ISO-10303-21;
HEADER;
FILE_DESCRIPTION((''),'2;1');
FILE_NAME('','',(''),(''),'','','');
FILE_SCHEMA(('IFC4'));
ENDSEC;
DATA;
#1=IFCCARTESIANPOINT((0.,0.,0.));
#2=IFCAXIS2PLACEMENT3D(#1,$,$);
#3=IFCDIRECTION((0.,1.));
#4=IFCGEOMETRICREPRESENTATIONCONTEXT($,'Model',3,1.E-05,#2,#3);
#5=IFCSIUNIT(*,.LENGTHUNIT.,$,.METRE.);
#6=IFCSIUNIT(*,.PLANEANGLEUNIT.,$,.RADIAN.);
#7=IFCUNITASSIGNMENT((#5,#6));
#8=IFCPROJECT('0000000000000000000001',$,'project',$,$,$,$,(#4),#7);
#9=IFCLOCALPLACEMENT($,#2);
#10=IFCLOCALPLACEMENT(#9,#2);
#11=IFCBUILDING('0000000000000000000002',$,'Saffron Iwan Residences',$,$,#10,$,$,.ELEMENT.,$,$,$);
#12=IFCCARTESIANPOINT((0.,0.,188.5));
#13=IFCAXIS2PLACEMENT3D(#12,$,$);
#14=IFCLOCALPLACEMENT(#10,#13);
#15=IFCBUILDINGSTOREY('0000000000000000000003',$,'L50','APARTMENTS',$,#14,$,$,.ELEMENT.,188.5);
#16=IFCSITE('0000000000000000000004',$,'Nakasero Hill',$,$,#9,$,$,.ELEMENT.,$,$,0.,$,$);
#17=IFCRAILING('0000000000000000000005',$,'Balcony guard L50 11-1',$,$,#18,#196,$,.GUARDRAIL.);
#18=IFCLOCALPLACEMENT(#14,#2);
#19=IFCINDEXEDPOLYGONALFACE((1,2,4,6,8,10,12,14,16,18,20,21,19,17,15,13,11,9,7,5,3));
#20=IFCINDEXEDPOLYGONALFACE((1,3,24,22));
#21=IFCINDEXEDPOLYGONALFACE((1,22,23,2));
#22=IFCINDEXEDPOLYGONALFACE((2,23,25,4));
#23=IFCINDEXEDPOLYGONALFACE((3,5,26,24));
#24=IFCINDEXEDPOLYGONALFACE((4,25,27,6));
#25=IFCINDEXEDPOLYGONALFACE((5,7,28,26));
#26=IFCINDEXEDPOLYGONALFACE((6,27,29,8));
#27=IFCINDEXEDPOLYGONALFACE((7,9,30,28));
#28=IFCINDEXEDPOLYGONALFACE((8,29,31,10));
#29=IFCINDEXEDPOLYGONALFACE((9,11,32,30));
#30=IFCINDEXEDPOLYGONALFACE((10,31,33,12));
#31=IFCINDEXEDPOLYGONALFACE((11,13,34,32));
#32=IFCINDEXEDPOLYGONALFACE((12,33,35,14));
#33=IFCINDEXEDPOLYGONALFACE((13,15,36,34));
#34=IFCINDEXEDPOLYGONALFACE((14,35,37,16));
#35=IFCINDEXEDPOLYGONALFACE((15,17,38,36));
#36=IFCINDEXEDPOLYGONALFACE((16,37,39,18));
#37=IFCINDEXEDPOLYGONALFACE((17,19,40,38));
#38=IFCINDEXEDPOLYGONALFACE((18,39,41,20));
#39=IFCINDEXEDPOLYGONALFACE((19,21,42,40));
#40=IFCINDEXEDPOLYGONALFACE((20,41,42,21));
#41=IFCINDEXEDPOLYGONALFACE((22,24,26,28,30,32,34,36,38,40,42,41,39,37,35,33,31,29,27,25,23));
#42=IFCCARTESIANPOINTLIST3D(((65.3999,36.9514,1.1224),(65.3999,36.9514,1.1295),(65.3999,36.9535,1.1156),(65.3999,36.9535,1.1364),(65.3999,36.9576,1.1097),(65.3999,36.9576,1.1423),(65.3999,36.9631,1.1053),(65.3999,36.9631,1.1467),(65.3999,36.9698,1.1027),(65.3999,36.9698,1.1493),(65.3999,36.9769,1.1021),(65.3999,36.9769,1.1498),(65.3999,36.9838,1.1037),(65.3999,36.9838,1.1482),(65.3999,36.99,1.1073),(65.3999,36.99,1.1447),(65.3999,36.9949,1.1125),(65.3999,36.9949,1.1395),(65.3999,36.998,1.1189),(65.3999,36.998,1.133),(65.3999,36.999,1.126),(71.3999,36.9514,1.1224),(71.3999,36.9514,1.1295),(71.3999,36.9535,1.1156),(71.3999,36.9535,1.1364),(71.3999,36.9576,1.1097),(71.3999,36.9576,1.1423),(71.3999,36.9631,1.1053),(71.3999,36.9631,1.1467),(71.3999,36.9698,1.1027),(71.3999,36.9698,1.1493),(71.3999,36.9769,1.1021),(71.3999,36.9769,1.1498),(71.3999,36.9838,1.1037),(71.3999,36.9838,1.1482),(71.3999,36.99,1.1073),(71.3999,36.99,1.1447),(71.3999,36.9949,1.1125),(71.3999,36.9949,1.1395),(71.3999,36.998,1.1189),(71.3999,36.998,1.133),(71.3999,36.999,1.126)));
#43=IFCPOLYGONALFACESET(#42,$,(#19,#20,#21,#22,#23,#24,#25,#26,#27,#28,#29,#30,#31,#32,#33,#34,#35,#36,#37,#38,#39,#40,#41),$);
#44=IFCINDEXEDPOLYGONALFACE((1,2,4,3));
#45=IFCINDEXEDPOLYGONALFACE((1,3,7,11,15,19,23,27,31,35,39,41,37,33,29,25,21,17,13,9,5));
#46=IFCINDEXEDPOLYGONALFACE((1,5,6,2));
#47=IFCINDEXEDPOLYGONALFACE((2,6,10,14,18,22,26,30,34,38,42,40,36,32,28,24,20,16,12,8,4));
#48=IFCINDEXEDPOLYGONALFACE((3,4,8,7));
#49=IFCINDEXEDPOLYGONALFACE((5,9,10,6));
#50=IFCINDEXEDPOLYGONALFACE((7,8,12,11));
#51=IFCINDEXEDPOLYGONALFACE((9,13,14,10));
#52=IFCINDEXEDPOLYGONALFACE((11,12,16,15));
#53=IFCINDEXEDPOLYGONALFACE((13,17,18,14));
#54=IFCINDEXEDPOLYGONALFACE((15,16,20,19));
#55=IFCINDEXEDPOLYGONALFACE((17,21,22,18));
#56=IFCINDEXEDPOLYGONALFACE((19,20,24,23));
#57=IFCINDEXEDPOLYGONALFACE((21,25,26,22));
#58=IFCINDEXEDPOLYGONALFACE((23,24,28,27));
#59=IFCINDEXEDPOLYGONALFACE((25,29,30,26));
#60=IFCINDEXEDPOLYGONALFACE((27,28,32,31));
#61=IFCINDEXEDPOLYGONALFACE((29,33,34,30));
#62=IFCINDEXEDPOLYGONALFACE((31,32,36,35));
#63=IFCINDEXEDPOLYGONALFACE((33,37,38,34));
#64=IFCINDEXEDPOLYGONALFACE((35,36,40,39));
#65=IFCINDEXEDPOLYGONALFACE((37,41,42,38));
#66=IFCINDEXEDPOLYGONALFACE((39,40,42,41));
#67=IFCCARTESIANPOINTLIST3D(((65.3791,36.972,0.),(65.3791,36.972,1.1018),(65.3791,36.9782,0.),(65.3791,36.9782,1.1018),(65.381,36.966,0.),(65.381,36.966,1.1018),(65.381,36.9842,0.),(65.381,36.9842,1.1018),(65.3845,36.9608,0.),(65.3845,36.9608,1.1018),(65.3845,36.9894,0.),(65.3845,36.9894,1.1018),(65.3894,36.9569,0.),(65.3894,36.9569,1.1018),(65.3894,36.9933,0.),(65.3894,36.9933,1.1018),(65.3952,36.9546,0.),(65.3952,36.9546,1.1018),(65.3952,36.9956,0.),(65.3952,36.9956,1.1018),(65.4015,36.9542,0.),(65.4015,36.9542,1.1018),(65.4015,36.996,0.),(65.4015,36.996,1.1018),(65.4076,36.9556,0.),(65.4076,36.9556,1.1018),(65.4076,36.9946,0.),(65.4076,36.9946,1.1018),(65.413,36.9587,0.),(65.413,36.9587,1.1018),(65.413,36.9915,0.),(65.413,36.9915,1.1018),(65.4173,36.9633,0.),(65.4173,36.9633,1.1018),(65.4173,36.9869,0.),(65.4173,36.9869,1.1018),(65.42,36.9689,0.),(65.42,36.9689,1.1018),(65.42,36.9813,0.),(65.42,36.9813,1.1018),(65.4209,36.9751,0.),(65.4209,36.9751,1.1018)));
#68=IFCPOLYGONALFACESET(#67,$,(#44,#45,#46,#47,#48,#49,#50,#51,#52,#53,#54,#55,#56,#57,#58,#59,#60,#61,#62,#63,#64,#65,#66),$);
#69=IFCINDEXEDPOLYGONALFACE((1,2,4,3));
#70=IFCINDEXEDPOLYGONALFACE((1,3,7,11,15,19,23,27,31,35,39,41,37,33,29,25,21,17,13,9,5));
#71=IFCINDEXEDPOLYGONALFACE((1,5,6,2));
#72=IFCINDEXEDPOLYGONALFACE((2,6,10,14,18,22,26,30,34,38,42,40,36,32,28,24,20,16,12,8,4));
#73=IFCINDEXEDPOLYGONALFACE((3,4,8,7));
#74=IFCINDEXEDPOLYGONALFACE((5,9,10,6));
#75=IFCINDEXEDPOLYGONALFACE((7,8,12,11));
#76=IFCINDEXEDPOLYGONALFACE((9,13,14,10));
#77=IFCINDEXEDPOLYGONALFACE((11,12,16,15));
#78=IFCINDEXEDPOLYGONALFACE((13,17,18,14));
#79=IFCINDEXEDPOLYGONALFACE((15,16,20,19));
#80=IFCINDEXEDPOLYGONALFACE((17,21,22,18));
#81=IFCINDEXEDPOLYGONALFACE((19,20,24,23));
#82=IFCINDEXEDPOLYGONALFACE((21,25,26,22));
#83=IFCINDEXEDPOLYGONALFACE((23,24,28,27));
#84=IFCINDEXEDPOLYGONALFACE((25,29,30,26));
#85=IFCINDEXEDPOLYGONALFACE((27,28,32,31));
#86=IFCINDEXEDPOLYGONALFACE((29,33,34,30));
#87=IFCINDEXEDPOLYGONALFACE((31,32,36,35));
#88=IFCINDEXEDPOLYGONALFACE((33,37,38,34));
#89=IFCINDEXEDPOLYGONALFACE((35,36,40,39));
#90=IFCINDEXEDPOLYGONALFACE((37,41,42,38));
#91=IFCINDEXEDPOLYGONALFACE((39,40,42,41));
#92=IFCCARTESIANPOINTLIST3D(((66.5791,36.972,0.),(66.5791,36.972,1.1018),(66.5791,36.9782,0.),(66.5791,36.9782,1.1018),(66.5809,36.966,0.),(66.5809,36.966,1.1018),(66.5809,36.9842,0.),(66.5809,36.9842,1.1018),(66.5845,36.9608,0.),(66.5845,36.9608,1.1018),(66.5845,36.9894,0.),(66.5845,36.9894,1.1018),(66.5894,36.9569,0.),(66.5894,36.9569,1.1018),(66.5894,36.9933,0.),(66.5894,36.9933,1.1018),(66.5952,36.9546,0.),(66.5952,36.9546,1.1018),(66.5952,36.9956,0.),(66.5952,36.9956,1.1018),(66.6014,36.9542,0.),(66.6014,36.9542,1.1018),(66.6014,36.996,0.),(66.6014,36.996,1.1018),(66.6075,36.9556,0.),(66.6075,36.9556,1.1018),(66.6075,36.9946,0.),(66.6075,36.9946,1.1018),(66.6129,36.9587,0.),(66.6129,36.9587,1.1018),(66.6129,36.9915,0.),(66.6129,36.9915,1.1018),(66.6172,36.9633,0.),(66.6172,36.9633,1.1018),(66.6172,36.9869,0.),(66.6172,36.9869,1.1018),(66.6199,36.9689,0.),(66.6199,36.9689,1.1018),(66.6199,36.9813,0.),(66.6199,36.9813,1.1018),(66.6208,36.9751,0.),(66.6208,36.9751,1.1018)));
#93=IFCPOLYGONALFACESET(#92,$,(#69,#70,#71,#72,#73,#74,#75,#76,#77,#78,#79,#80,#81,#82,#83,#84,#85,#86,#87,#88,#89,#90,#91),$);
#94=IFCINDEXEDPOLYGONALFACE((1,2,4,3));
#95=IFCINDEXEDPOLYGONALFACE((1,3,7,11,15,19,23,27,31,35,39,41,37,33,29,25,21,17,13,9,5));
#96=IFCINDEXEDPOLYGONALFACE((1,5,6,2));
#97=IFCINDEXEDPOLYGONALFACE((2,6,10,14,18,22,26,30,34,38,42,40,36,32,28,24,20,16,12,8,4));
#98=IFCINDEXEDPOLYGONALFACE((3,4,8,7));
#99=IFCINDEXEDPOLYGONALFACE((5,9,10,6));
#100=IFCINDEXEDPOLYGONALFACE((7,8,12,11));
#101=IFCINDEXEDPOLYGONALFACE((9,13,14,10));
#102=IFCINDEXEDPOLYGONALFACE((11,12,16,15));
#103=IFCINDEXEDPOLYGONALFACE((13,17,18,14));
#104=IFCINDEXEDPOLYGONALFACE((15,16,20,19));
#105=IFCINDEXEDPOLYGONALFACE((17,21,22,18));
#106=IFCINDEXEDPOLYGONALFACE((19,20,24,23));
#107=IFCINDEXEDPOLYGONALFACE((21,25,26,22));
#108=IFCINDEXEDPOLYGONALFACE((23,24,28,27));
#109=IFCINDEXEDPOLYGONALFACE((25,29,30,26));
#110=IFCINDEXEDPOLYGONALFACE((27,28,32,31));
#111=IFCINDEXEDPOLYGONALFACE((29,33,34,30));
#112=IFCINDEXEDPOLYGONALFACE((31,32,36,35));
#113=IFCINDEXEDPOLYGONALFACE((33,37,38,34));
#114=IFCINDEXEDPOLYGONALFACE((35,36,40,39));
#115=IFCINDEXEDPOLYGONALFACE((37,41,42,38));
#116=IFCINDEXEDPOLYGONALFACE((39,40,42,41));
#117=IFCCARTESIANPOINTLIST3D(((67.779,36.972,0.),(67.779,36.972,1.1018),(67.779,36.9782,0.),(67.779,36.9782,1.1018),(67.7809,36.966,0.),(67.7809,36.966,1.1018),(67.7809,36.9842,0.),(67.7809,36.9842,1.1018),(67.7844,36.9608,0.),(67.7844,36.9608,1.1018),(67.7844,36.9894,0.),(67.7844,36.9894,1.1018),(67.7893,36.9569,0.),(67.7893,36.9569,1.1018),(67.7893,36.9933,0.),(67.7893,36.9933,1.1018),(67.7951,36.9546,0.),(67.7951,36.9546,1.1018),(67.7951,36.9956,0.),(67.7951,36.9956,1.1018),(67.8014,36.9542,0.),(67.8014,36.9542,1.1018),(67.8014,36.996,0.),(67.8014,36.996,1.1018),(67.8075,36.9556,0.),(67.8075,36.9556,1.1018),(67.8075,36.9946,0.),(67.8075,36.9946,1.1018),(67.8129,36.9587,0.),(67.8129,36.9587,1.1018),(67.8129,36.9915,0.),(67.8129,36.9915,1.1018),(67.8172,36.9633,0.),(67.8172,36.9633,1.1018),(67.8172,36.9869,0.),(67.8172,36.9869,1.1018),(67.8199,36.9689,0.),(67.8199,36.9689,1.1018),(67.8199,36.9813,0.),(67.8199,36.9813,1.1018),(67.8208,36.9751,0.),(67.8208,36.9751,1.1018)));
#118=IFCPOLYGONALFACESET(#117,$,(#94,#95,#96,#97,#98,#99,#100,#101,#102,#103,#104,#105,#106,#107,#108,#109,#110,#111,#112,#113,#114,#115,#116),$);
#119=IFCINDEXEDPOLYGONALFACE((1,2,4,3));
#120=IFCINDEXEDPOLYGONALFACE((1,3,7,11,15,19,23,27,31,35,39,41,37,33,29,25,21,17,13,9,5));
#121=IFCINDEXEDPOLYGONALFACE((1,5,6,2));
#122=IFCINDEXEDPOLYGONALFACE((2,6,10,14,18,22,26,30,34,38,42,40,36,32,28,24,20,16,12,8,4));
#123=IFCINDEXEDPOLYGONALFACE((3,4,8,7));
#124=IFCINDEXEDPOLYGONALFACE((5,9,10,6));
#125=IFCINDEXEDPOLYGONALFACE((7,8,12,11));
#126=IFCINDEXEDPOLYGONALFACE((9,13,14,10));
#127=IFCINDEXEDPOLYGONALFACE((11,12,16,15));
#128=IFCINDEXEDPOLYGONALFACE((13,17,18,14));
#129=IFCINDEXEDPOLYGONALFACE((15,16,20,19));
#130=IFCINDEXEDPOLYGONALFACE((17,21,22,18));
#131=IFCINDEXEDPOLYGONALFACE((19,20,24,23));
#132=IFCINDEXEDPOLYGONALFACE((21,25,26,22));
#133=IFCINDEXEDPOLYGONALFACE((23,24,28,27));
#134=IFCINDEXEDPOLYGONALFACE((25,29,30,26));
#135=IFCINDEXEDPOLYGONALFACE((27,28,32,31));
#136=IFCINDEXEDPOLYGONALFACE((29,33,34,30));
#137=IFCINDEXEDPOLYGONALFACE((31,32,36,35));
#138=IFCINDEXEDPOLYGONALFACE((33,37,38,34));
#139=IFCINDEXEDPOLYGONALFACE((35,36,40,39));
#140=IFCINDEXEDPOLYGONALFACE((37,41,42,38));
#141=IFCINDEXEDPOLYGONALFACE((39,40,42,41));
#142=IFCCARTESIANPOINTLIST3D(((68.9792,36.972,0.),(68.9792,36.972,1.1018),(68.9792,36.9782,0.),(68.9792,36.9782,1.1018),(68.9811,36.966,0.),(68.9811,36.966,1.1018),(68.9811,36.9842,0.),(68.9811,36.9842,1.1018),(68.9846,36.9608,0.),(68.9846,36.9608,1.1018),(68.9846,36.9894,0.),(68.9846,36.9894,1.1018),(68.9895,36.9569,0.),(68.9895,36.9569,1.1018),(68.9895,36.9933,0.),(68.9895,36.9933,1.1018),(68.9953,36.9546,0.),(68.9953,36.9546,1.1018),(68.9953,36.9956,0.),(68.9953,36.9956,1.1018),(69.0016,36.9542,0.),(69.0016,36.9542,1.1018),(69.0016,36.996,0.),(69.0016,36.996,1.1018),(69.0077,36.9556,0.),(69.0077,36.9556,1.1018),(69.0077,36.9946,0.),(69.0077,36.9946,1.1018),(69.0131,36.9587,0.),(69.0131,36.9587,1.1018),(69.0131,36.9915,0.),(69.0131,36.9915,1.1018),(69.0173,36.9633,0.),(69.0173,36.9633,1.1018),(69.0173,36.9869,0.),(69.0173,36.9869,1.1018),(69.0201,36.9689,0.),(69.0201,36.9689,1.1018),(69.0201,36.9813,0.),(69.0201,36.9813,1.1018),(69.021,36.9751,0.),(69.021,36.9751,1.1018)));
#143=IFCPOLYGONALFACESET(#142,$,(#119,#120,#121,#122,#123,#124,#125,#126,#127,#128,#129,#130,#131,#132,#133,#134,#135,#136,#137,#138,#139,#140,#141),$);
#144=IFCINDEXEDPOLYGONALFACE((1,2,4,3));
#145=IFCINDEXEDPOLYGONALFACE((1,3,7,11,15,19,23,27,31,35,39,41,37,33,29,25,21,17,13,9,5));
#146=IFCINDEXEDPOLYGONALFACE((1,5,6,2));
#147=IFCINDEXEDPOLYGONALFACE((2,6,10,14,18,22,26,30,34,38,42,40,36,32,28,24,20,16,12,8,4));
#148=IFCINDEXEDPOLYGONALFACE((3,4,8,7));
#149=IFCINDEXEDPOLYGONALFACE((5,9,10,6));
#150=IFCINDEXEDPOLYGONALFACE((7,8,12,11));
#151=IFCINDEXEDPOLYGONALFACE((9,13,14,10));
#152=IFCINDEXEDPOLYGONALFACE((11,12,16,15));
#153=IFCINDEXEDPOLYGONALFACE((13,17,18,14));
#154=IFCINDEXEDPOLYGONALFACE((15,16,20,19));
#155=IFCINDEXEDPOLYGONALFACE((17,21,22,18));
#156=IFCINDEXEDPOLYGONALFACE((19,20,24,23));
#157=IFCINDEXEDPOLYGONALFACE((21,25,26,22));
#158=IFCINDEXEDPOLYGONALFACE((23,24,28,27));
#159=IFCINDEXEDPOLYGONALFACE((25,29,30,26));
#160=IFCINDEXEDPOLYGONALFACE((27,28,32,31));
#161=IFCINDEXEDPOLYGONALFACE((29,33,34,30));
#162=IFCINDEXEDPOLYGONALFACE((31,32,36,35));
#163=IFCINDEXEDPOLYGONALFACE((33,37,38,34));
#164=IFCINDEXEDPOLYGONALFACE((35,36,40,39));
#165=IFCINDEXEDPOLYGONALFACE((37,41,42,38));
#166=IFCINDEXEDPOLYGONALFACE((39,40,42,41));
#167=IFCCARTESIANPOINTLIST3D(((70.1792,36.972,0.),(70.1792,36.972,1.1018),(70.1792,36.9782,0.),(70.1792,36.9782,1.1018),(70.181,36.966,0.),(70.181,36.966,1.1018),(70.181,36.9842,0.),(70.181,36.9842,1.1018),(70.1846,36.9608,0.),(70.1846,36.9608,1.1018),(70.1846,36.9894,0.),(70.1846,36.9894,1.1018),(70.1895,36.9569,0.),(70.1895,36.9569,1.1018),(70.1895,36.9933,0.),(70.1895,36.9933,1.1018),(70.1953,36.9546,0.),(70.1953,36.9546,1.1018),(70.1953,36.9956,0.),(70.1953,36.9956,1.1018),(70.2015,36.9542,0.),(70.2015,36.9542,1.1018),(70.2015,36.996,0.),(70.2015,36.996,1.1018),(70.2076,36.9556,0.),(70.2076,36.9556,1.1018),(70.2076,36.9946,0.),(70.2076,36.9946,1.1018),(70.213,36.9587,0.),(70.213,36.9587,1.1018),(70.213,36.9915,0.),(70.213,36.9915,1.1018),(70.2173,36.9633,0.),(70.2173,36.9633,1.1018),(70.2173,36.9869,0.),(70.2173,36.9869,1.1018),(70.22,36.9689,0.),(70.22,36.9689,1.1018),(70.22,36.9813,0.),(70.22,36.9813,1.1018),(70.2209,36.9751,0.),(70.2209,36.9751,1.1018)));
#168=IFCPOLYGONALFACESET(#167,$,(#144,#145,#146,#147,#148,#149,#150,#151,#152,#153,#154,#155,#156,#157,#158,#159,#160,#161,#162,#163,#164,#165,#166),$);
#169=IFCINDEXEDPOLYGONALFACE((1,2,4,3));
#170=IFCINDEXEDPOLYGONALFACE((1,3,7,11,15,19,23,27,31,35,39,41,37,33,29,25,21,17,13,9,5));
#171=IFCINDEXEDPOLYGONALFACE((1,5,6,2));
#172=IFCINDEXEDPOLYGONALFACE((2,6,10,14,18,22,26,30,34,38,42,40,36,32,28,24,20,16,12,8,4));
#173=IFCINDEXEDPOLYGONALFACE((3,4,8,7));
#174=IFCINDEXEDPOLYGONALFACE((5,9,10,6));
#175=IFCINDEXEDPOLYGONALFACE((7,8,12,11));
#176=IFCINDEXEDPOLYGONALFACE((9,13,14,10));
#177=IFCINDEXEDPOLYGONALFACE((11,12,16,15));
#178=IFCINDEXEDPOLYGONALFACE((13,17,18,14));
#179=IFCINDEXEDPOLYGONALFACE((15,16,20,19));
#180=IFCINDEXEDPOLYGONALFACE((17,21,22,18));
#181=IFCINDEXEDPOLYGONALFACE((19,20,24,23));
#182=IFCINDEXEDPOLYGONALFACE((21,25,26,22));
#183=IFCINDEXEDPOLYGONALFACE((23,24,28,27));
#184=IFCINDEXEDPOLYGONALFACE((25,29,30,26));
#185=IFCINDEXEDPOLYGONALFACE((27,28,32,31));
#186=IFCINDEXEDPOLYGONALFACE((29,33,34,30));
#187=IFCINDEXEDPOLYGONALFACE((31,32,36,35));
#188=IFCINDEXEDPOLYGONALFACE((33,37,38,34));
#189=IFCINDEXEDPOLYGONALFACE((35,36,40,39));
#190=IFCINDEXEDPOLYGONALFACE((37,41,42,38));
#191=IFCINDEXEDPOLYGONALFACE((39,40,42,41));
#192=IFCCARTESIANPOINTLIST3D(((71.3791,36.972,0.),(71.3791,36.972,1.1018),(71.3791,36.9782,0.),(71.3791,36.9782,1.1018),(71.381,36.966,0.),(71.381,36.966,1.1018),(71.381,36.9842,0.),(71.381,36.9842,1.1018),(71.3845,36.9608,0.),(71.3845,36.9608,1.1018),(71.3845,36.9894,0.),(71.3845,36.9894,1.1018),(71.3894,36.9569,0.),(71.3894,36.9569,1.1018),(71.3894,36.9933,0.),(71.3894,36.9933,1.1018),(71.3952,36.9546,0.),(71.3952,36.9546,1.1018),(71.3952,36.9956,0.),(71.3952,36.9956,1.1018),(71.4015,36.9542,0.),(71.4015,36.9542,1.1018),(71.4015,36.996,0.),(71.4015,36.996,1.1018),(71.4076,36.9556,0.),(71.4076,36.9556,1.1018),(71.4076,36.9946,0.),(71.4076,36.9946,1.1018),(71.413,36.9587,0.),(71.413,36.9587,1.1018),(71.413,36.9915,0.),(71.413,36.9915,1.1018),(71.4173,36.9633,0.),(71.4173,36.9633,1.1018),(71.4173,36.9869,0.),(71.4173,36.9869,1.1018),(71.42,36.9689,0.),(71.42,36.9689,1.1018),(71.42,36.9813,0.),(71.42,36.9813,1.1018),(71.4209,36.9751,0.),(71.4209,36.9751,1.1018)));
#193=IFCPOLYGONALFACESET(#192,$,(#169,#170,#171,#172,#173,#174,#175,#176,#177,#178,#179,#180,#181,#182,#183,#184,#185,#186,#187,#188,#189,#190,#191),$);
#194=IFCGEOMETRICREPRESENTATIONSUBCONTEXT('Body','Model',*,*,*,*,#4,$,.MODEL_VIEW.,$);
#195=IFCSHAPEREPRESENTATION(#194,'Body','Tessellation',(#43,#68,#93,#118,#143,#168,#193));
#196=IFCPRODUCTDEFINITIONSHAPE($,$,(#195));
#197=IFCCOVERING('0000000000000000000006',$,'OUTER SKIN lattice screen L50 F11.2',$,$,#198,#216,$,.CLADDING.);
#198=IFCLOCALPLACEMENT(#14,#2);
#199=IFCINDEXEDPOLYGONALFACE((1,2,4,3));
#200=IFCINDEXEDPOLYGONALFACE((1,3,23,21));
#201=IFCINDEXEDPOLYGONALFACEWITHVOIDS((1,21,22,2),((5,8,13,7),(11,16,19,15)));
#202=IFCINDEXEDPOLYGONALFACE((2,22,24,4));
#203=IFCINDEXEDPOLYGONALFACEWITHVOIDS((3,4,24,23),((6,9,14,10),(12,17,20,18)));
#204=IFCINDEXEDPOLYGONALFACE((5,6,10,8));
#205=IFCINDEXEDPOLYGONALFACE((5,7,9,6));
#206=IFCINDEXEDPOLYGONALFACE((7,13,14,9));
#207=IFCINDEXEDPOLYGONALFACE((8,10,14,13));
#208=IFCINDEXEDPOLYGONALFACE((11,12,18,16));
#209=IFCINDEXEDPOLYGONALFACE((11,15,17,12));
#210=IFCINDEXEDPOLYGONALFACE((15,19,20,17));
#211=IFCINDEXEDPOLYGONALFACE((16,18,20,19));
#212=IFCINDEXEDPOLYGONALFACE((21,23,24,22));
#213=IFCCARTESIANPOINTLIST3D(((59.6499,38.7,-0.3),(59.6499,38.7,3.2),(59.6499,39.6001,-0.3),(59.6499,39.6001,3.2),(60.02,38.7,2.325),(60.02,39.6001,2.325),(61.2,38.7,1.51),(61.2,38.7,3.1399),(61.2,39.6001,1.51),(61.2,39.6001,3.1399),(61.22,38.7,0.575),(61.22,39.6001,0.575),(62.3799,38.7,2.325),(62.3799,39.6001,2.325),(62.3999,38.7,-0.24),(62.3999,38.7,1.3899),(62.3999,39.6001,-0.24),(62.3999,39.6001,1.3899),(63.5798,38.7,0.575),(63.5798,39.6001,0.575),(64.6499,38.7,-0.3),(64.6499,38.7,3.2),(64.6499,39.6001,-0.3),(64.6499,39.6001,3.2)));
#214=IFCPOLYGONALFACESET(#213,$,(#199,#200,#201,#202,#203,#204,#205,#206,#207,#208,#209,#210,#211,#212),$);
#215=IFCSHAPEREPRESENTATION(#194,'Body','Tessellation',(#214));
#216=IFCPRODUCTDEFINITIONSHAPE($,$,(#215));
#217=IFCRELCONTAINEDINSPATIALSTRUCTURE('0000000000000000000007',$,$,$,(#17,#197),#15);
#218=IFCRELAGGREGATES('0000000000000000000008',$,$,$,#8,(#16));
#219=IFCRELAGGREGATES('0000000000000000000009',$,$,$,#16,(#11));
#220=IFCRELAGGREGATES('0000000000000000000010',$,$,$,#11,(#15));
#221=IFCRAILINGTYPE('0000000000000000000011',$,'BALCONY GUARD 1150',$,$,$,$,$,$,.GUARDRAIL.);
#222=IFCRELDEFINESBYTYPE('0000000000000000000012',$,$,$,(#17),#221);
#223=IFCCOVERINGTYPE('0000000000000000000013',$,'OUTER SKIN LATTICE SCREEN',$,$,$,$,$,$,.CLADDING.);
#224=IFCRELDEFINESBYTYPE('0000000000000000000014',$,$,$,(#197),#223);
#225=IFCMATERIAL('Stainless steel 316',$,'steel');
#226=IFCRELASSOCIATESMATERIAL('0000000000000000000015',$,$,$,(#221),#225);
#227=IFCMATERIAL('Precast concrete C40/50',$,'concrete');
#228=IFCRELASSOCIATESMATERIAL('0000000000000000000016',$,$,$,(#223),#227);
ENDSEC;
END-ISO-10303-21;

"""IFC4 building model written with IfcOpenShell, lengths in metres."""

from ifc_helpers import new_model, si_unit, direction, frame, origin, origin_2d, place, context, subcontext, project, spatial, polyline, circle, outline, extrude, material, type_object, element, save


model = new_model("IFC4")

# Units and contexts
model_context = context("Model", 3, precision=1e-05, world=origin(), true_north=direction((0.0, 1.0)))
body_context = subcontext(model_context, "Body", "Model", "MODEL_VIEW")
ifc_project = project(units=[si_unit("LENGTHUNIT", "METRE"), si_unit("PLANEANGLEUNIT", "RADIAN")], contexts=[model_context])

# Site, building, storey
site_placement = place(None, origin())
site = spatial("IfcSite", under=ifc_project, at=site_placement, Name="Nakasero Hill", CompositionType="ELEMENT", RefElevation=0.0)
building_placement = place(site_placement, origin())
building = spatial("IfcBuilding", under=site, at=building_placement, Name="Saffron Iwan Residences", CompositionType="ELEMENT")
storey_placement = place(building_placement, frame((0.0, 0.0, 188.5)))
storey = spatial("IfcBuildingStorey", under=building, at=storey_placement, Name="L50", Description="APARTMENTS", CompositionType="ELEMENT", Elevation=188.5)

# Railing
ifc_material_1 = material(Name="Stainless steel 316", Category="steel")
railing_type = type_object("IfcRailingType", Name="BALCONY GUARD 1150", PredefinedType="GUARDRAIL", material=ifc_material_1)
railing_placement = place(storey_placement, frame((65.3999, 36.9751, 0.0)))
element("IfcRailing", 1, at=railing_placement, inside=storey, type_object=railing_type, Name="Balcony guard L50 11-1", PredefinedType="GUARDRAIL", context=body_context, shape_type="SweptSolid", body=[
    extrude(circle(Radius=0.0239, at=origin_2d()), frame((0.0, 0.0, 1.126), z_axis=(1.0, 0.0, 0.0), x_axis=(0.0, 1.0, 0.0)), (0.0, 0.0, 1.0), 6.0),
    extrude(circle(Radius=0.021, at=origin_2d()), origin(), (0.0, 0.0, 1.0), 1.1018),
    extrude(circle(Radius=0.021, at=origin_2d()), frame((1.2, 0.0, 0.0)), (0.0, 0.0, 1.0), 1.1018),
    extrude(circle(Radius=0.021, at=origin_2d()), frame((2.3999, 0.0, 0.0)), (0.0, 0.0, 1.0), 1.1018),
    extrude(circle(Radius=0.021, at=origin_2d()), frame((3.6001, 0.0, 0.0)), (0.0, 0.0, 1.0), 1.1018),
    extrude(circle(Radius=0.021, at=origin_2d()), frame((4.8, 0.0, 0.0)), (0.0, 0.0, 1.0), 1.1018),
    extrude(circle(Radius=0.021, at=origin_2d()), frame((6.0, 0.0, 0.0)), (0.0, 0.0, 1.0), 1.1018),
])

# Covering
ifc_material_2 = material(Name="Precast concrete C40/50", Category="concrete")
covering_type = type_object("IfcCoveringType", Name="OUTER SKIN LATTICE SCREEN", PredefinedType="CLADDING", material=ifc_material_2)
covering_placement = place(storey_placement, frame((59.6499, 39.6001, -0.3), z_axis=(0.0, -1.0, 0.0), x_axis=(1.0, 0.0, 0.0)))
element("IfcCovering", 2, at=covering_placement, inside=storey, type_object=covering_type, Name="OUTER SKIN lattice screen L50 F11.2", PredefinedType="CLADDING", context=body_context, shape_type="SweptSolid", body=[
    extrude(outline(polyline([(0.0, 0.0), (5.0, 0.0), (5.0, 3.5), (0.0, 3.5), (0.0, 0.0)]), holes=[polyline([(1.5701, 0.875), (2.75, 0.0601), (3.9299, 0.875), (2.75, 1.6899), (1.5701, 0.875)]), polyline([(0.3701, 2.625), (1.55, 1.8101), (2.73, 2.625), (1.55, 3.4399), (0.3701, 2.625)])]), origin(), (0.0, 0.0, 1.0), 0.9001),
])

save(model, "model.ifc")
